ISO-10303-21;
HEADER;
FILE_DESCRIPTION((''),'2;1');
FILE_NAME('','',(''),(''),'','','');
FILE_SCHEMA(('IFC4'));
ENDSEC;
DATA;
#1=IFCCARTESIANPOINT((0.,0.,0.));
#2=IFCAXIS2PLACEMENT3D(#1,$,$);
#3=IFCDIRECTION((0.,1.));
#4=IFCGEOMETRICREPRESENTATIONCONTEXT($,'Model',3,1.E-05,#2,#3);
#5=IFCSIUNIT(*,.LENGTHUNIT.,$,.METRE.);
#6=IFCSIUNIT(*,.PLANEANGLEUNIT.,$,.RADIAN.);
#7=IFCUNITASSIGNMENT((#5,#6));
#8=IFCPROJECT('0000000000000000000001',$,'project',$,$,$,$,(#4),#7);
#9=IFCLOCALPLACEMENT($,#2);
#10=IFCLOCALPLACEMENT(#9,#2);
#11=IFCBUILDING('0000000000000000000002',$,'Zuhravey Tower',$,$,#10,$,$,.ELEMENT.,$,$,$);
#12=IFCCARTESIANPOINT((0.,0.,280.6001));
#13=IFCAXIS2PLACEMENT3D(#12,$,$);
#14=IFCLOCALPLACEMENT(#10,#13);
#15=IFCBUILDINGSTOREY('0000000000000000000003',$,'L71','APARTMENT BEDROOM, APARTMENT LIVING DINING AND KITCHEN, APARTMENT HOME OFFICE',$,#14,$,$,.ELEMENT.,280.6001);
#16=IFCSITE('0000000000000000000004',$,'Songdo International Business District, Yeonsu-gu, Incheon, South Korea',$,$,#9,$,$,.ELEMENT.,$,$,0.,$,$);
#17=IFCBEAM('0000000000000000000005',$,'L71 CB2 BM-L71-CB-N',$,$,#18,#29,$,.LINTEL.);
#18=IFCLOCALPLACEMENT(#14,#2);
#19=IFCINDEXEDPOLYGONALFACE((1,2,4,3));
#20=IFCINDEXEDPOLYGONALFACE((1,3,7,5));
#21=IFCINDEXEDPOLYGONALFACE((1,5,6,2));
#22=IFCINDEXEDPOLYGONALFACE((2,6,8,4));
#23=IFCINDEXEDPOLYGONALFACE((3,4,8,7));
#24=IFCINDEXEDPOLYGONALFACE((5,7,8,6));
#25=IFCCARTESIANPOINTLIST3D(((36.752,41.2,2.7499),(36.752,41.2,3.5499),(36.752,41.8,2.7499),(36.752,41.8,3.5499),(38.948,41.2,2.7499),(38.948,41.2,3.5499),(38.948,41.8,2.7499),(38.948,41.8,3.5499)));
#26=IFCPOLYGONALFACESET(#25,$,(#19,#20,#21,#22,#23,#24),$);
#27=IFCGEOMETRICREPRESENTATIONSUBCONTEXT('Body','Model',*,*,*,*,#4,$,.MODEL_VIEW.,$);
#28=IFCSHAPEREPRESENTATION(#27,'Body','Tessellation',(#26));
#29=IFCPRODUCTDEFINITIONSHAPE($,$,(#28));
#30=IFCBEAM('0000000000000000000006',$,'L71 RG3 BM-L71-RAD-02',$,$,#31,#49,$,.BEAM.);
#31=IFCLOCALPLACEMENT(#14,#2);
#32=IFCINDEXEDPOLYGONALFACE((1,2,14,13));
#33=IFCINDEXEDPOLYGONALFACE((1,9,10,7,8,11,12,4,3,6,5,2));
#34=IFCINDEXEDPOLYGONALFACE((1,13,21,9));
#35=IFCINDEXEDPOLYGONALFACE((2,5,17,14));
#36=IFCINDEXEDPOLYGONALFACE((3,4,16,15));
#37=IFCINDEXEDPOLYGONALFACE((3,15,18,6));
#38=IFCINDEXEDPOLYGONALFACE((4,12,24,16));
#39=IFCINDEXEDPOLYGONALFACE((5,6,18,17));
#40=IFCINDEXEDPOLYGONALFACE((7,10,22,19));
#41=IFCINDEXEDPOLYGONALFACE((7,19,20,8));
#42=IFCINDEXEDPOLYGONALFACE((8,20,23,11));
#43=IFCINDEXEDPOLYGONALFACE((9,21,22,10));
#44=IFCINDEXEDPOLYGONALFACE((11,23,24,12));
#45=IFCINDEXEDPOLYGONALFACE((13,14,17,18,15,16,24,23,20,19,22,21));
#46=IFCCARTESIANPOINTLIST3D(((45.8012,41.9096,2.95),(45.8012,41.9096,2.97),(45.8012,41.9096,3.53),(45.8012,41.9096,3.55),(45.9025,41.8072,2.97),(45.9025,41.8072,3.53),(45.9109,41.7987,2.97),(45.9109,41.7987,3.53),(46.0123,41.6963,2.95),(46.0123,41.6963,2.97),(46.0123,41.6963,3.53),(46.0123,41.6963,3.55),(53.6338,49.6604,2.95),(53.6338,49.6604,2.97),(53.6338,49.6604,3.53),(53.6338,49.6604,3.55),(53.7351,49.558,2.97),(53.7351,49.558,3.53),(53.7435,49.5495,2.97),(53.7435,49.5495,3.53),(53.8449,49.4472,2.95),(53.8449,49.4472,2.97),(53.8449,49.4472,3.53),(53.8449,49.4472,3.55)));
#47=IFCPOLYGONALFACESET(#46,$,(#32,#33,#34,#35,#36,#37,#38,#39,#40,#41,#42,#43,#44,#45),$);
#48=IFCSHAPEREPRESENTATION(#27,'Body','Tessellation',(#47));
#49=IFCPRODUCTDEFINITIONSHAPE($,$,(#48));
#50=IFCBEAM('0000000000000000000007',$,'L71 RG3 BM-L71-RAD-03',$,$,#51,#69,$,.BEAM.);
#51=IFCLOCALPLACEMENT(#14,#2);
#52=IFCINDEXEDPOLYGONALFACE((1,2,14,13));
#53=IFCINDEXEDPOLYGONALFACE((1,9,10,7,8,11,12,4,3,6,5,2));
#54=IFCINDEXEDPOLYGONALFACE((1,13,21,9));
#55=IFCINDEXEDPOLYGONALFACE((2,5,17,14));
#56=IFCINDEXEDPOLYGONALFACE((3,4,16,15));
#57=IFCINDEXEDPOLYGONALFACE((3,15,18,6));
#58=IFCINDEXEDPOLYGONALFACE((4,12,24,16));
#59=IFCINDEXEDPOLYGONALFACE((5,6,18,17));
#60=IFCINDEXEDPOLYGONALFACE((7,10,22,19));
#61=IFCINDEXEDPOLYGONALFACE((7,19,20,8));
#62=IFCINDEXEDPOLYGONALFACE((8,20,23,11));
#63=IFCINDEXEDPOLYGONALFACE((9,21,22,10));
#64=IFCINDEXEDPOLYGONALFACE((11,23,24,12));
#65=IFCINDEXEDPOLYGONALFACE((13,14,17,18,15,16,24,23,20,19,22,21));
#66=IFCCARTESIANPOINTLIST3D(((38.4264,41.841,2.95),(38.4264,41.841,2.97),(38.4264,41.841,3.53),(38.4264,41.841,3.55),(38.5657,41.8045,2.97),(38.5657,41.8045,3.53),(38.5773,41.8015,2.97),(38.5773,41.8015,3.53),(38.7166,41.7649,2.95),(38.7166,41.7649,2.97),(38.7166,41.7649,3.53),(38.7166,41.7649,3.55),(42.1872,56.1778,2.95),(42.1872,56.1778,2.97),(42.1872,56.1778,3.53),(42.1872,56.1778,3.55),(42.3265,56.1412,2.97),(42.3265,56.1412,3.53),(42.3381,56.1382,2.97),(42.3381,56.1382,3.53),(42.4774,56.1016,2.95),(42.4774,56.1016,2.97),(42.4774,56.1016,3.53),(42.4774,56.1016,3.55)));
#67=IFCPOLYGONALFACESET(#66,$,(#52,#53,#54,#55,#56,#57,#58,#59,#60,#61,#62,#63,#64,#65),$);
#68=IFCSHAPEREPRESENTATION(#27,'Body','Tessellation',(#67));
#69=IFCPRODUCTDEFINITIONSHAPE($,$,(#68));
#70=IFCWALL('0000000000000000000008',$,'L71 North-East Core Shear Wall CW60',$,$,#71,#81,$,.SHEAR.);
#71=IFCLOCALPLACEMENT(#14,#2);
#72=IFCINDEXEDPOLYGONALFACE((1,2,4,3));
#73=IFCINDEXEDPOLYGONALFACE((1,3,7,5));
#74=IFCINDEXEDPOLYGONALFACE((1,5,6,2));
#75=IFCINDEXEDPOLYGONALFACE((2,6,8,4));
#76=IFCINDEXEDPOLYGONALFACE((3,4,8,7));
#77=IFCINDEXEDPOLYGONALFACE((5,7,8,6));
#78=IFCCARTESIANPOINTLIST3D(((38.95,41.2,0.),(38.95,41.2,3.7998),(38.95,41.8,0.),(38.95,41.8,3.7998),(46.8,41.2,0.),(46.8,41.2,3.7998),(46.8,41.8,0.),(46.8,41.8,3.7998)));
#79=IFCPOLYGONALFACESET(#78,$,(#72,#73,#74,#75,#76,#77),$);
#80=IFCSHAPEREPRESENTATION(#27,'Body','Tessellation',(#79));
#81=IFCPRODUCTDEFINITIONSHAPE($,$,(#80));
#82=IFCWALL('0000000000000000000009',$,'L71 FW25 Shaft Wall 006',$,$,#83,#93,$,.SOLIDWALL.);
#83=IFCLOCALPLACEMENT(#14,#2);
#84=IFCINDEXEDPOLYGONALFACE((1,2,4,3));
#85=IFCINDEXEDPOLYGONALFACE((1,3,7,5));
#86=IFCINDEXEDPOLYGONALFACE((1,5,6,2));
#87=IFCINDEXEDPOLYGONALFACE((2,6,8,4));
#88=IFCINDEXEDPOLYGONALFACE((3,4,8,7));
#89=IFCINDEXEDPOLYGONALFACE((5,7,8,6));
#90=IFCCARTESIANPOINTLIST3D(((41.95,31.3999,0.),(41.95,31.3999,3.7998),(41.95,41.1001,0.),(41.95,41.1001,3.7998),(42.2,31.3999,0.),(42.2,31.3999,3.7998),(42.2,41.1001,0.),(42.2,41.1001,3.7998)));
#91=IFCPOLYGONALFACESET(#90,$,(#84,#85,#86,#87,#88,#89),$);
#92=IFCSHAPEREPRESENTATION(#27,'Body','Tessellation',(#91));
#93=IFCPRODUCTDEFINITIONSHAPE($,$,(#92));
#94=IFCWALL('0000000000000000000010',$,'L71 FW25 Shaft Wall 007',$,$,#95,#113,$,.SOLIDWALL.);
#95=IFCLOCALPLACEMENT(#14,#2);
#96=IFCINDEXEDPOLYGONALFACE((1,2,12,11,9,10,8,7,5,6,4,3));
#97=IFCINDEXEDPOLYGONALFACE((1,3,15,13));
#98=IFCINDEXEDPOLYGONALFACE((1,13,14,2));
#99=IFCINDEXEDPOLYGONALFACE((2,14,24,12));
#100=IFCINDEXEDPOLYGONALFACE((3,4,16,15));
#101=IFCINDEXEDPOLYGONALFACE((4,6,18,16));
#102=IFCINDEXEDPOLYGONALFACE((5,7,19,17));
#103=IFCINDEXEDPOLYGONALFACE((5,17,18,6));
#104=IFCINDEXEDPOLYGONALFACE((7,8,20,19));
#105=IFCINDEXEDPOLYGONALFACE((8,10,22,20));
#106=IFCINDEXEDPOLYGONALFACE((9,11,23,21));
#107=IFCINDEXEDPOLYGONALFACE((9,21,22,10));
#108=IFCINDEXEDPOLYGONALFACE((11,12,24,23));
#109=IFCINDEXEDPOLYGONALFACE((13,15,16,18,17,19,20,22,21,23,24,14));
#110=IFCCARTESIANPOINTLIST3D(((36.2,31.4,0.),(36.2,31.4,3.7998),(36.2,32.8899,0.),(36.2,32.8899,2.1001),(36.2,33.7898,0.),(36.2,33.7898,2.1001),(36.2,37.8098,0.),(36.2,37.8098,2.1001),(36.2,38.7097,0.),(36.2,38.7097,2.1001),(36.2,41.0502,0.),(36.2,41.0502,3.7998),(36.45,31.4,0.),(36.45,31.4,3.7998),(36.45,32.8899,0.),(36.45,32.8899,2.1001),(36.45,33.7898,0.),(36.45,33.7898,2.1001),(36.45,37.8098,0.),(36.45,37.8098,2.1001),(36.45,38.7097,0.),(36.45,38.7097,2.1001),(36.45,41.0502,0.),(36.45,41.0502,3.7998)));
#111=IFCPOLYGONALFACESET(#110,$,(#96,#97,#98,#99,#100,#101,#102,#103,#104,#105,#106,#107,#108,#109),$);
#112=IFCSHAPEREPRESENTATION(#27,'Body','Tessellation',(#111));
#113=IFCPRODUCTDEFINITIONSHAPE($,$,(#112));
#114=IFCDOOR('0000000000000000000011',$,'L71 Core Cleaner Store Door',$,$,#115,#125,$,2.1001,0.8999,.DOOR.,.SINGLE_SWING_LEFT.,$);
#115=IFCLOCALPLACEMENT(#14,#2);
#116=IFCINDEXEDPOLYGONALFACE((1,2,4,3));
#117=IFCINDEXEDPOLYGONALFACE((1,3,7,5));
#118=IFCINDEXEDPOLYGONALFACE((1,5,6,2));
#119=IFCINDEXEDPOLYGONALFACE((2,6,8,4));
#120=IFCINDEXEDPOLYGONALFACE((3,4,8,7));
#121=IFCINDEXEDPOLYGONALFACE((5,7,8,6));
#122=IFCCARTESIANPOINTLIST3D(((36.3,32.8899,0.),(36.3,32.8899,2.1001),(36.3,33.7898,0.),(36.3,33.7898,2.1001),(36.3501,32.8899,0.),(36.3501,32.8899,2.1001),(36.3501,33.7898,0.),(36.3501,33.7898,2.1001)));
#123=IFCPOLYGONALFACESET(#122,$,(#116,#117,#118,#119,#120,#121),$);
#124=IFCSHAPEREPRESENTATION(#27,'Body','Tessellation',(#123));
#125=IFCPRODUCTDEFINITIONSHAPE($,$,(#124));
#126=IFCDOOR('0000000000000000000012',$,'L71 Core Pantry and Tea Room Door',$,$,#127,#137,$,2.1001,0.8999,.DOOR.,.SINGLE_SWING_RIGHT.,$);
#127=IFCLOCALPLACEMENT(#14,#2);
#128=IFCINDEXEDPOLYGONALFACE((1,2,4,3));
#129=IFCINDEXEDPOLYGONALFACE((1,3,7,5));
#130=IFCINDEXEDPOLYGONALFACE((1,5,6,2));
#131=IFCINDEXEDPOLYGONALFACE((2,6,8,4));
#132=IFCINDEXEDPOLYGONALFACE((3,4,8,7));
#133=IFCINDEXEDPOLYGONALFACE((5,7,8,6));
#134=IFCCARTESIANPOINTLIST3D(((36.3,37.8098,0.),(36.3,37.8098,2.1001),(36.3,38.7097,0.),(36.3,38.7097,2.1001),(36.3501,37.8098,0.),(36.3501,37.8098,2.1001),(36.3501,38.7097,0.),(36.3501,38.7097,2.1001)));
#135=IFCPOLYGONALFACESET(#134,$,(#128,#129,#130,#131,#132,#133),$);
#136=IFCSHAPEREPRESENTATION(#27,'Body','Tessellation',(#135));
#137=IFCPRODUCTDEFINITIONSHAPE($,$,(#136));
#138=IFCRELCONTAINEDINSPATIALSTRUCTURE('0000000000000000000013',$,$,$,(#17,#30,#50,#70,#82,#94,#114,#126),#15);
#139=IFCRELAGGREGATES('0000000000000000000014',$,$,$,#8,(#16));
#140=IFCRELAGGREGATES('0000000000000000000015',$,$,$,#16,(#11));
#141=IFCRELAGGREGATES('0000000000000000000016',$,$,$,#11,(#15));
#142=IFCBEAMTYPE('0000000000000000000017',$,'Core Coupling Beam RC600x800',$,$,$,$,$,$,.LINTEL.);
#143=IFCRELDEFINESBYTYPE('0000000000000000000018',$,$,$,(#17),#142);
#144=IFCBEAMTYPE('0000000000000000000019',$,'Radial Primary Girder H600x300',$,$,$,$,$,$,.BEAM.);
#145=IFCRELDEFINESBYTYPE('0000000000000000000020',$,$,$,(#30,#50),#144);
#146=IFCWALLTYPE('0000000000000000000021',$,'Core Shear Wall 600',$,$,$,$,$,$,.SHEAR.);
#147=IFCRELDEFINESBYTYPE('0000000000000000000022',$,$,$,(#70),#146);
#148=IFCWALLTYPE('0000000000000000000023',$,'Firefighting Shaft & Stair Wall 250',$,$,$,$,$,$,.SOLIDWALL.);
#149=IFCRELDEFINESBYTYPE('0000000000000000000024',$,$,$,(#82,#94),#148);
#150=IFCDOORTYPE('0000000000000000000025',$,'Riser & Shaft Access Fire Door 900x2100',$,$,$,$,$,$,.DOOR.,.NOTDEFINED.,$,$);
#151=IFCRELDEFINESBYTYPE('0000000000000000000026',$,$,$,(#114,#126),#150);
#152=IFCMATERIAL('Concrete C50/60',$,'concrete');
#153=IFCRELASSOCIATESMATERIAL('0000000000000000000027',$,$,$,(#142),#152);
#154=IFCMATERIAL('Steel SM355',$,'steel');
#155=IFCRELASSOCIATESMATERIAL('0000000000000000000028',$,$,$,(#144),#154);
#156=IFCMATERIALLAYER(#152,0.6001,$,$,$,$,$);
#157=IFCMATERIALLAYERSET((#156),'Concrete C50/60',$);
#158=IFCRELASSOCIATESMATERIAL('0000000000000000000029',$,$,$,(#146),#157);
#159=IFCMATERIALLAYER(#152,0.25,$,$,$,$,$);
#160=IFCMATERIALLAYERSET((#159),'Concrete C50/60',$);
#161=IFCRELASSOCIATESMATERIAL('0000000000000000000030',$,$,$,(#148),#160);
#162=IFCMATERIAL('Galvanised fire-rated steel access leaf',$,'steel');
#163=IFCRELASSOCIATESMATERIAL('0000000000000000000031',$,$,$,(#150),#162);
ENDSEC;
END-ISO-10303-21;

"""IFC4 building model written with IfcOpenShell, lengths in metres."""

from ifc_helpers import new_model, si_unit, direction, frame, frame_2d, origin, origin_2d, place, context, subcontext, project, spatial, rectangle, i_section, extrude, material, layer, layer_set, material_profile, profile_set, type_object, element, fill, save


model = new_model("IFC4")

# Units and contexts
model_context = context("Model", 3, precision=1e-05, world=origin(), true_north=direction((0.0, 1.0)))
body_context = subcontext(model_context, "Body", "Model", "MODEL_VIEW")
ifc_project = project(units=[si_unit("LENGTHUNIT", "METRE"), si_unit("PLANEANGLEUNIT", "RADIAN")], contexts=[model_context])

# Site, building, storey
site_placement = place(None, origin())
site = spatial("IfcSite", under=ifc_project, at=site_placement, Name="Songdo International Business District, Yeonsu-gu, Incheon, South Korea", CompositionType="ELEMENT", RefElevation=0.0)
building_placement = place(site_placement, origin())
building = spatial("IfcBuilding", under=site, at=building_placement, Name="Zuhravey Tower", CompositionType="ELEMENT")
storey_placement = place(building_placement, frame((0.0, 0.0, 280.6001)))
storey = spatial("IfcBuildingStorey", under=building, at=storey_placement, Name="L71", Description="APARTMENT BEDROOM, APARTMENT LIVING DINING AND KITCHEN, APARTMENT HOME OFFICE", CompositionType="ELEMENT", Elevation=280.6001)

# Beams
ifc_material_1 = material(Name="Concrete C50/60", Category="concrete")
ifc_material_profile_1 = material_profile(ifc_material_1, rectangle(XDim=0.6001, YDim=0.8, at=origin_2d()), Name="RC-600x800")
ifc_profile_set_1 = profile_set([ifc_material_profile_1], Name="Concrete C50/60")
beam_type_1 = type_object("IfcBeamType", Name="Core Coupling Beam RC600x800", PredefinedType="LINTEL", material=ifc_profile_set_1)
beam_1_placement = place(storey_placement, frame((36.752, 41.5, 3.1499), z_axis=(1.0, 0.0, 0.0), x_axis=(0.0, 1.0, 0.0)))
element("IfcBeam", 1, at=beam_1_placement, inside=storey, type_object=beam_type_1, Name="L71 CB2 BM-L71-CB-N", PredefinedType="LINTEL", context=body_context, shape_type="SweptSolid", body=[
    extrude(rectangle(XDim=0.6001, YDim=0.8, at=origin_2d()), origin(), (0.0, 0.0, 1.0), 2.196),
])
ifc_material_2 = material(Name="Steel SM355", Category="steel")
ifc_material_profile_2 = material_profile(ifc_material_2, i_section(OverallWidth=0.3, OverallDepth=0.6001, WebThickness=0.012, FlangeThickness=0.02, at=origin_2d()), Name="H-600x300x12x20")
ifc_profile_set_2 = profile_set([ifc_material_profile_2], Name="Steel SM355")
beam_type_2 = type_object("IfcBeamType", Name="Radial Primary Girder H600x300", PredefinedType="BEAM", material=ifc_profile_set_2)
beam_2_placement = place(storey_placement, frame((45.9067, 41.803, 3.25), z_axis=(0.710808, 0.703386, 0.0), x_axis=(-0.703386, 0.710808, 0.0)))
element("IfcBeam", 2, at=beam_2_placement, inside=storey, type_object=beam_type_2, Name="L71 RG3 BM-L71-RAD-02", PredefinedType="BEAM", context=body_context, shape_type="SweptSolid", body=[
    extrude(i_section(OverallWidth=0.3, OverallDepth=0.6001, WebThickness=0.012, FlangeThickness=0.02, at=origin_2d()), origin(), (0.0, 0.0, 1.0), 11.0193),
])
beam_3_placement = place(storey_placement, frame((38.5715, 41.803, 3.25), z_axis=(0.253732, 0.967275, 0.0), x_axis=(-0.967275, 0.253732, 0.0)))
element("IfcBeam", 3, at=beam_3_placement, inside=storey, type_object=beam_type_2, Name="L71 RG3 BM-L71-RAD-03", PredefinedType="BEAM", context=body_context, shape_type="SweptSolid", body=[
    extrude(i_section(OverallWidth=0.3, OverallDepth=0.6001, WebThickness=0.012, FlangeThickness=0.02, at=origin_2d()), origin(), (0.0, 0.0, 1.0), 14.8218),
])

# Wall
ifc_layer_1 = layer(ifc_material_1, 0.6001)
ifc_layer_set_1 = layer_set([ifc_layer_1], Name="Concrete C50/60")
wall_type_1 = type_object("IfcWallType", Name="Core Shear Wall 600", PredefinedType="SHEAR", material=ifc_layer_set_1)
wall_1_placement = place(storey_placement, frame((46.8, 41.5, 0.0), z_axis=(0.0, 0.0, 1.0), x_axis=(-1.0, 0.0, 0.0)))
element("IfcWall", 4, at=wall_1_placement, inside=storey, type_object=wall_type_1, Name="L71 North-East Core Shear Wall CW60", PredefinedType="SHEAR", context=body_context, shape_type="SweptSolid", body=[
    extrude(rectangle(XDim=7.8501, YDim=0.6001, at=frame_2d((3.925, 0.0))), origin(), (0.0, 0.0, 1.0), 3.7998),
])

# Shared definitions
ifc_layer_2 = layer(ifc_material_1, 0.25)
ifc_layer_set_2 = layer_set([ifc_layer_2], Name="Concrete C50/60")
wall_type_2 = type_object("IfcWallType", Name="Firefighting Shaft & Stair Wall 250", PredefinedType="SOLIDWALL", material=ifc_layer_set_2)

# Wall
wall_2_placement = place(storey_placement, frame((42.075, 31.3999, 0.0), z_axis=(0.0, 0.0, 1.0), x_axis=(0.0, 1.0, 0.0)))
element("IfcWall", 5, at=wall_2_placement, inside=storey, type_object=wall_type_2, Name="L71 FW25 Shaft Wall 006", PredefinedType="SOLIDWALL", context=body_context, shape_type="SweptSolid", body=[
    extrude(rectangle(XDim=9.7002, YDim=0.25, at=frame_2d((4.8501, 0.0))), origin(), (0.0, 0.0, 1.0), 3.7998),
])

# Wall, openings, doors
wall_3_placement = place(storey_placement, frame((36.325, 31.3999, 0.0), z_axis=(0.0, 0.0, 1.0), x_axis=(0.0, 1.0, 0.0)))
wall_3 = element("IfcWall", 6, at=wall_3_placement, inside=storey, type_object=wall_type_2, Name="L71 FW25 Shaft Wall 007", PredefinedType="SOLIDWALL", context=body_context, shape_type="SweptSolid", body=[
    extrude(rectangle(XDim=9.6501, YDim=0.25, at=frame_2d((4.8252, 0.0))), origin(), (0.0, 0.0, 1.0), 3.7998),
])
opening_1_placement = place(wall_3_placement, frame((1.49, 0.0, 0.0)))
opening_1 = element("IfcOpeningElement", 7, at=opening_1_placement, cuts=wall_3, PredefinedType="OPENING", context=body_context, shape_type="SweptSolid", body=[
    extrude(rectangle(XDim=0.8999, YDim=2.1001, at=frame_2d((0.45, 1.05))), frame((0.0, 0.137, 0.0), z_axis=(0.0, -1.0, 0.0), x_axis=(1.0, 0.0, 0.0)), (0.0, 0.0, 1.0), 0.2739),
])
opening_2_placement = place(wall_3_placement, frame((6.4099, 0.0, 0.0)))
opening_2 = element("IfcOpeningElement", 8, at=opening_2_placement, cuts=wall_3, PredefinedType="OPENING", context=body_context, shape_type="SweptSolid", body=[
    extrude(rectangle(XDim=0.8999, YDim=2.1001, at=frame_2d((0.45, 1.05))), frame((0.0, 0.137, 0.0), z_axis=(0.0, -1.0, 0.0), x_axis=(1.0, 0.0, 0.0)), (0.0, 0.0, 1.0), 0.2739),
])
ifc_material_3 = material(Name="Galvanised fire-rated steel access leaf", Category="steel")
door_type_1 = type_object("IfcDoorType", Name="Riser & Shaft Access Fire Door 900x2100", OperationType="NOTDEFINED", PredefinedType="DOOR", material=ifc_material_3)
door_1_placement = place(opening_1_placement, origin())
door_1 = element("IfcDoor", 9, at=door_1_placement, inside=storey, type_object=door_type_1, Name="L71 Core Cleaner Store Door", OperationType="SINGLE_SWING_LEFT", OverallHeight=2.1001, OverallWidth=0.8999, PredefinedType="DOOR", context=body_context, shape_type="SweptSolid", body=[
    extrude(rectangle(XDim=0.8999, YDim=2.1001, at=frame_2d((0.45, 1.05))), frame((0.0, 0.0249, 0.0), z_axis=(0.0, -1.0, 0.0), x_axis=(1.0, 0.0, 0.0)), (0.0, 0.0, 1.0), 0.05),
])
fill(opening_1, door_1)
door_2_placement = place(opening_2_placement, origin())
door_2 = element("IfcDoor", 10, at=door_2_placement, inside=storey, type_object=door_type_1, Name="L71 Core Pantry and Tea Room Door", OperationType="SINGLE_SWING_RIGHT", OverallHeight=2.1001, OverallWidth=0.8999, PredefinedType="DOOR", context=body_context, shape_type="SweptSolid", body=[
    extrude(rectangle(XDim=0.8999, YDim=2.1001, at=frame_2d((0.45, 1.05))), frame((0.0, 0.0249, 0.0), z_axis=(0.0, -1.0, 0.0), x_axis=(1.0, 0.0, 0.0)), (0.0, 0.0, 1.0), 0.05),
])
fill(opening_2, door_2)

save(model, "model.ifc")
